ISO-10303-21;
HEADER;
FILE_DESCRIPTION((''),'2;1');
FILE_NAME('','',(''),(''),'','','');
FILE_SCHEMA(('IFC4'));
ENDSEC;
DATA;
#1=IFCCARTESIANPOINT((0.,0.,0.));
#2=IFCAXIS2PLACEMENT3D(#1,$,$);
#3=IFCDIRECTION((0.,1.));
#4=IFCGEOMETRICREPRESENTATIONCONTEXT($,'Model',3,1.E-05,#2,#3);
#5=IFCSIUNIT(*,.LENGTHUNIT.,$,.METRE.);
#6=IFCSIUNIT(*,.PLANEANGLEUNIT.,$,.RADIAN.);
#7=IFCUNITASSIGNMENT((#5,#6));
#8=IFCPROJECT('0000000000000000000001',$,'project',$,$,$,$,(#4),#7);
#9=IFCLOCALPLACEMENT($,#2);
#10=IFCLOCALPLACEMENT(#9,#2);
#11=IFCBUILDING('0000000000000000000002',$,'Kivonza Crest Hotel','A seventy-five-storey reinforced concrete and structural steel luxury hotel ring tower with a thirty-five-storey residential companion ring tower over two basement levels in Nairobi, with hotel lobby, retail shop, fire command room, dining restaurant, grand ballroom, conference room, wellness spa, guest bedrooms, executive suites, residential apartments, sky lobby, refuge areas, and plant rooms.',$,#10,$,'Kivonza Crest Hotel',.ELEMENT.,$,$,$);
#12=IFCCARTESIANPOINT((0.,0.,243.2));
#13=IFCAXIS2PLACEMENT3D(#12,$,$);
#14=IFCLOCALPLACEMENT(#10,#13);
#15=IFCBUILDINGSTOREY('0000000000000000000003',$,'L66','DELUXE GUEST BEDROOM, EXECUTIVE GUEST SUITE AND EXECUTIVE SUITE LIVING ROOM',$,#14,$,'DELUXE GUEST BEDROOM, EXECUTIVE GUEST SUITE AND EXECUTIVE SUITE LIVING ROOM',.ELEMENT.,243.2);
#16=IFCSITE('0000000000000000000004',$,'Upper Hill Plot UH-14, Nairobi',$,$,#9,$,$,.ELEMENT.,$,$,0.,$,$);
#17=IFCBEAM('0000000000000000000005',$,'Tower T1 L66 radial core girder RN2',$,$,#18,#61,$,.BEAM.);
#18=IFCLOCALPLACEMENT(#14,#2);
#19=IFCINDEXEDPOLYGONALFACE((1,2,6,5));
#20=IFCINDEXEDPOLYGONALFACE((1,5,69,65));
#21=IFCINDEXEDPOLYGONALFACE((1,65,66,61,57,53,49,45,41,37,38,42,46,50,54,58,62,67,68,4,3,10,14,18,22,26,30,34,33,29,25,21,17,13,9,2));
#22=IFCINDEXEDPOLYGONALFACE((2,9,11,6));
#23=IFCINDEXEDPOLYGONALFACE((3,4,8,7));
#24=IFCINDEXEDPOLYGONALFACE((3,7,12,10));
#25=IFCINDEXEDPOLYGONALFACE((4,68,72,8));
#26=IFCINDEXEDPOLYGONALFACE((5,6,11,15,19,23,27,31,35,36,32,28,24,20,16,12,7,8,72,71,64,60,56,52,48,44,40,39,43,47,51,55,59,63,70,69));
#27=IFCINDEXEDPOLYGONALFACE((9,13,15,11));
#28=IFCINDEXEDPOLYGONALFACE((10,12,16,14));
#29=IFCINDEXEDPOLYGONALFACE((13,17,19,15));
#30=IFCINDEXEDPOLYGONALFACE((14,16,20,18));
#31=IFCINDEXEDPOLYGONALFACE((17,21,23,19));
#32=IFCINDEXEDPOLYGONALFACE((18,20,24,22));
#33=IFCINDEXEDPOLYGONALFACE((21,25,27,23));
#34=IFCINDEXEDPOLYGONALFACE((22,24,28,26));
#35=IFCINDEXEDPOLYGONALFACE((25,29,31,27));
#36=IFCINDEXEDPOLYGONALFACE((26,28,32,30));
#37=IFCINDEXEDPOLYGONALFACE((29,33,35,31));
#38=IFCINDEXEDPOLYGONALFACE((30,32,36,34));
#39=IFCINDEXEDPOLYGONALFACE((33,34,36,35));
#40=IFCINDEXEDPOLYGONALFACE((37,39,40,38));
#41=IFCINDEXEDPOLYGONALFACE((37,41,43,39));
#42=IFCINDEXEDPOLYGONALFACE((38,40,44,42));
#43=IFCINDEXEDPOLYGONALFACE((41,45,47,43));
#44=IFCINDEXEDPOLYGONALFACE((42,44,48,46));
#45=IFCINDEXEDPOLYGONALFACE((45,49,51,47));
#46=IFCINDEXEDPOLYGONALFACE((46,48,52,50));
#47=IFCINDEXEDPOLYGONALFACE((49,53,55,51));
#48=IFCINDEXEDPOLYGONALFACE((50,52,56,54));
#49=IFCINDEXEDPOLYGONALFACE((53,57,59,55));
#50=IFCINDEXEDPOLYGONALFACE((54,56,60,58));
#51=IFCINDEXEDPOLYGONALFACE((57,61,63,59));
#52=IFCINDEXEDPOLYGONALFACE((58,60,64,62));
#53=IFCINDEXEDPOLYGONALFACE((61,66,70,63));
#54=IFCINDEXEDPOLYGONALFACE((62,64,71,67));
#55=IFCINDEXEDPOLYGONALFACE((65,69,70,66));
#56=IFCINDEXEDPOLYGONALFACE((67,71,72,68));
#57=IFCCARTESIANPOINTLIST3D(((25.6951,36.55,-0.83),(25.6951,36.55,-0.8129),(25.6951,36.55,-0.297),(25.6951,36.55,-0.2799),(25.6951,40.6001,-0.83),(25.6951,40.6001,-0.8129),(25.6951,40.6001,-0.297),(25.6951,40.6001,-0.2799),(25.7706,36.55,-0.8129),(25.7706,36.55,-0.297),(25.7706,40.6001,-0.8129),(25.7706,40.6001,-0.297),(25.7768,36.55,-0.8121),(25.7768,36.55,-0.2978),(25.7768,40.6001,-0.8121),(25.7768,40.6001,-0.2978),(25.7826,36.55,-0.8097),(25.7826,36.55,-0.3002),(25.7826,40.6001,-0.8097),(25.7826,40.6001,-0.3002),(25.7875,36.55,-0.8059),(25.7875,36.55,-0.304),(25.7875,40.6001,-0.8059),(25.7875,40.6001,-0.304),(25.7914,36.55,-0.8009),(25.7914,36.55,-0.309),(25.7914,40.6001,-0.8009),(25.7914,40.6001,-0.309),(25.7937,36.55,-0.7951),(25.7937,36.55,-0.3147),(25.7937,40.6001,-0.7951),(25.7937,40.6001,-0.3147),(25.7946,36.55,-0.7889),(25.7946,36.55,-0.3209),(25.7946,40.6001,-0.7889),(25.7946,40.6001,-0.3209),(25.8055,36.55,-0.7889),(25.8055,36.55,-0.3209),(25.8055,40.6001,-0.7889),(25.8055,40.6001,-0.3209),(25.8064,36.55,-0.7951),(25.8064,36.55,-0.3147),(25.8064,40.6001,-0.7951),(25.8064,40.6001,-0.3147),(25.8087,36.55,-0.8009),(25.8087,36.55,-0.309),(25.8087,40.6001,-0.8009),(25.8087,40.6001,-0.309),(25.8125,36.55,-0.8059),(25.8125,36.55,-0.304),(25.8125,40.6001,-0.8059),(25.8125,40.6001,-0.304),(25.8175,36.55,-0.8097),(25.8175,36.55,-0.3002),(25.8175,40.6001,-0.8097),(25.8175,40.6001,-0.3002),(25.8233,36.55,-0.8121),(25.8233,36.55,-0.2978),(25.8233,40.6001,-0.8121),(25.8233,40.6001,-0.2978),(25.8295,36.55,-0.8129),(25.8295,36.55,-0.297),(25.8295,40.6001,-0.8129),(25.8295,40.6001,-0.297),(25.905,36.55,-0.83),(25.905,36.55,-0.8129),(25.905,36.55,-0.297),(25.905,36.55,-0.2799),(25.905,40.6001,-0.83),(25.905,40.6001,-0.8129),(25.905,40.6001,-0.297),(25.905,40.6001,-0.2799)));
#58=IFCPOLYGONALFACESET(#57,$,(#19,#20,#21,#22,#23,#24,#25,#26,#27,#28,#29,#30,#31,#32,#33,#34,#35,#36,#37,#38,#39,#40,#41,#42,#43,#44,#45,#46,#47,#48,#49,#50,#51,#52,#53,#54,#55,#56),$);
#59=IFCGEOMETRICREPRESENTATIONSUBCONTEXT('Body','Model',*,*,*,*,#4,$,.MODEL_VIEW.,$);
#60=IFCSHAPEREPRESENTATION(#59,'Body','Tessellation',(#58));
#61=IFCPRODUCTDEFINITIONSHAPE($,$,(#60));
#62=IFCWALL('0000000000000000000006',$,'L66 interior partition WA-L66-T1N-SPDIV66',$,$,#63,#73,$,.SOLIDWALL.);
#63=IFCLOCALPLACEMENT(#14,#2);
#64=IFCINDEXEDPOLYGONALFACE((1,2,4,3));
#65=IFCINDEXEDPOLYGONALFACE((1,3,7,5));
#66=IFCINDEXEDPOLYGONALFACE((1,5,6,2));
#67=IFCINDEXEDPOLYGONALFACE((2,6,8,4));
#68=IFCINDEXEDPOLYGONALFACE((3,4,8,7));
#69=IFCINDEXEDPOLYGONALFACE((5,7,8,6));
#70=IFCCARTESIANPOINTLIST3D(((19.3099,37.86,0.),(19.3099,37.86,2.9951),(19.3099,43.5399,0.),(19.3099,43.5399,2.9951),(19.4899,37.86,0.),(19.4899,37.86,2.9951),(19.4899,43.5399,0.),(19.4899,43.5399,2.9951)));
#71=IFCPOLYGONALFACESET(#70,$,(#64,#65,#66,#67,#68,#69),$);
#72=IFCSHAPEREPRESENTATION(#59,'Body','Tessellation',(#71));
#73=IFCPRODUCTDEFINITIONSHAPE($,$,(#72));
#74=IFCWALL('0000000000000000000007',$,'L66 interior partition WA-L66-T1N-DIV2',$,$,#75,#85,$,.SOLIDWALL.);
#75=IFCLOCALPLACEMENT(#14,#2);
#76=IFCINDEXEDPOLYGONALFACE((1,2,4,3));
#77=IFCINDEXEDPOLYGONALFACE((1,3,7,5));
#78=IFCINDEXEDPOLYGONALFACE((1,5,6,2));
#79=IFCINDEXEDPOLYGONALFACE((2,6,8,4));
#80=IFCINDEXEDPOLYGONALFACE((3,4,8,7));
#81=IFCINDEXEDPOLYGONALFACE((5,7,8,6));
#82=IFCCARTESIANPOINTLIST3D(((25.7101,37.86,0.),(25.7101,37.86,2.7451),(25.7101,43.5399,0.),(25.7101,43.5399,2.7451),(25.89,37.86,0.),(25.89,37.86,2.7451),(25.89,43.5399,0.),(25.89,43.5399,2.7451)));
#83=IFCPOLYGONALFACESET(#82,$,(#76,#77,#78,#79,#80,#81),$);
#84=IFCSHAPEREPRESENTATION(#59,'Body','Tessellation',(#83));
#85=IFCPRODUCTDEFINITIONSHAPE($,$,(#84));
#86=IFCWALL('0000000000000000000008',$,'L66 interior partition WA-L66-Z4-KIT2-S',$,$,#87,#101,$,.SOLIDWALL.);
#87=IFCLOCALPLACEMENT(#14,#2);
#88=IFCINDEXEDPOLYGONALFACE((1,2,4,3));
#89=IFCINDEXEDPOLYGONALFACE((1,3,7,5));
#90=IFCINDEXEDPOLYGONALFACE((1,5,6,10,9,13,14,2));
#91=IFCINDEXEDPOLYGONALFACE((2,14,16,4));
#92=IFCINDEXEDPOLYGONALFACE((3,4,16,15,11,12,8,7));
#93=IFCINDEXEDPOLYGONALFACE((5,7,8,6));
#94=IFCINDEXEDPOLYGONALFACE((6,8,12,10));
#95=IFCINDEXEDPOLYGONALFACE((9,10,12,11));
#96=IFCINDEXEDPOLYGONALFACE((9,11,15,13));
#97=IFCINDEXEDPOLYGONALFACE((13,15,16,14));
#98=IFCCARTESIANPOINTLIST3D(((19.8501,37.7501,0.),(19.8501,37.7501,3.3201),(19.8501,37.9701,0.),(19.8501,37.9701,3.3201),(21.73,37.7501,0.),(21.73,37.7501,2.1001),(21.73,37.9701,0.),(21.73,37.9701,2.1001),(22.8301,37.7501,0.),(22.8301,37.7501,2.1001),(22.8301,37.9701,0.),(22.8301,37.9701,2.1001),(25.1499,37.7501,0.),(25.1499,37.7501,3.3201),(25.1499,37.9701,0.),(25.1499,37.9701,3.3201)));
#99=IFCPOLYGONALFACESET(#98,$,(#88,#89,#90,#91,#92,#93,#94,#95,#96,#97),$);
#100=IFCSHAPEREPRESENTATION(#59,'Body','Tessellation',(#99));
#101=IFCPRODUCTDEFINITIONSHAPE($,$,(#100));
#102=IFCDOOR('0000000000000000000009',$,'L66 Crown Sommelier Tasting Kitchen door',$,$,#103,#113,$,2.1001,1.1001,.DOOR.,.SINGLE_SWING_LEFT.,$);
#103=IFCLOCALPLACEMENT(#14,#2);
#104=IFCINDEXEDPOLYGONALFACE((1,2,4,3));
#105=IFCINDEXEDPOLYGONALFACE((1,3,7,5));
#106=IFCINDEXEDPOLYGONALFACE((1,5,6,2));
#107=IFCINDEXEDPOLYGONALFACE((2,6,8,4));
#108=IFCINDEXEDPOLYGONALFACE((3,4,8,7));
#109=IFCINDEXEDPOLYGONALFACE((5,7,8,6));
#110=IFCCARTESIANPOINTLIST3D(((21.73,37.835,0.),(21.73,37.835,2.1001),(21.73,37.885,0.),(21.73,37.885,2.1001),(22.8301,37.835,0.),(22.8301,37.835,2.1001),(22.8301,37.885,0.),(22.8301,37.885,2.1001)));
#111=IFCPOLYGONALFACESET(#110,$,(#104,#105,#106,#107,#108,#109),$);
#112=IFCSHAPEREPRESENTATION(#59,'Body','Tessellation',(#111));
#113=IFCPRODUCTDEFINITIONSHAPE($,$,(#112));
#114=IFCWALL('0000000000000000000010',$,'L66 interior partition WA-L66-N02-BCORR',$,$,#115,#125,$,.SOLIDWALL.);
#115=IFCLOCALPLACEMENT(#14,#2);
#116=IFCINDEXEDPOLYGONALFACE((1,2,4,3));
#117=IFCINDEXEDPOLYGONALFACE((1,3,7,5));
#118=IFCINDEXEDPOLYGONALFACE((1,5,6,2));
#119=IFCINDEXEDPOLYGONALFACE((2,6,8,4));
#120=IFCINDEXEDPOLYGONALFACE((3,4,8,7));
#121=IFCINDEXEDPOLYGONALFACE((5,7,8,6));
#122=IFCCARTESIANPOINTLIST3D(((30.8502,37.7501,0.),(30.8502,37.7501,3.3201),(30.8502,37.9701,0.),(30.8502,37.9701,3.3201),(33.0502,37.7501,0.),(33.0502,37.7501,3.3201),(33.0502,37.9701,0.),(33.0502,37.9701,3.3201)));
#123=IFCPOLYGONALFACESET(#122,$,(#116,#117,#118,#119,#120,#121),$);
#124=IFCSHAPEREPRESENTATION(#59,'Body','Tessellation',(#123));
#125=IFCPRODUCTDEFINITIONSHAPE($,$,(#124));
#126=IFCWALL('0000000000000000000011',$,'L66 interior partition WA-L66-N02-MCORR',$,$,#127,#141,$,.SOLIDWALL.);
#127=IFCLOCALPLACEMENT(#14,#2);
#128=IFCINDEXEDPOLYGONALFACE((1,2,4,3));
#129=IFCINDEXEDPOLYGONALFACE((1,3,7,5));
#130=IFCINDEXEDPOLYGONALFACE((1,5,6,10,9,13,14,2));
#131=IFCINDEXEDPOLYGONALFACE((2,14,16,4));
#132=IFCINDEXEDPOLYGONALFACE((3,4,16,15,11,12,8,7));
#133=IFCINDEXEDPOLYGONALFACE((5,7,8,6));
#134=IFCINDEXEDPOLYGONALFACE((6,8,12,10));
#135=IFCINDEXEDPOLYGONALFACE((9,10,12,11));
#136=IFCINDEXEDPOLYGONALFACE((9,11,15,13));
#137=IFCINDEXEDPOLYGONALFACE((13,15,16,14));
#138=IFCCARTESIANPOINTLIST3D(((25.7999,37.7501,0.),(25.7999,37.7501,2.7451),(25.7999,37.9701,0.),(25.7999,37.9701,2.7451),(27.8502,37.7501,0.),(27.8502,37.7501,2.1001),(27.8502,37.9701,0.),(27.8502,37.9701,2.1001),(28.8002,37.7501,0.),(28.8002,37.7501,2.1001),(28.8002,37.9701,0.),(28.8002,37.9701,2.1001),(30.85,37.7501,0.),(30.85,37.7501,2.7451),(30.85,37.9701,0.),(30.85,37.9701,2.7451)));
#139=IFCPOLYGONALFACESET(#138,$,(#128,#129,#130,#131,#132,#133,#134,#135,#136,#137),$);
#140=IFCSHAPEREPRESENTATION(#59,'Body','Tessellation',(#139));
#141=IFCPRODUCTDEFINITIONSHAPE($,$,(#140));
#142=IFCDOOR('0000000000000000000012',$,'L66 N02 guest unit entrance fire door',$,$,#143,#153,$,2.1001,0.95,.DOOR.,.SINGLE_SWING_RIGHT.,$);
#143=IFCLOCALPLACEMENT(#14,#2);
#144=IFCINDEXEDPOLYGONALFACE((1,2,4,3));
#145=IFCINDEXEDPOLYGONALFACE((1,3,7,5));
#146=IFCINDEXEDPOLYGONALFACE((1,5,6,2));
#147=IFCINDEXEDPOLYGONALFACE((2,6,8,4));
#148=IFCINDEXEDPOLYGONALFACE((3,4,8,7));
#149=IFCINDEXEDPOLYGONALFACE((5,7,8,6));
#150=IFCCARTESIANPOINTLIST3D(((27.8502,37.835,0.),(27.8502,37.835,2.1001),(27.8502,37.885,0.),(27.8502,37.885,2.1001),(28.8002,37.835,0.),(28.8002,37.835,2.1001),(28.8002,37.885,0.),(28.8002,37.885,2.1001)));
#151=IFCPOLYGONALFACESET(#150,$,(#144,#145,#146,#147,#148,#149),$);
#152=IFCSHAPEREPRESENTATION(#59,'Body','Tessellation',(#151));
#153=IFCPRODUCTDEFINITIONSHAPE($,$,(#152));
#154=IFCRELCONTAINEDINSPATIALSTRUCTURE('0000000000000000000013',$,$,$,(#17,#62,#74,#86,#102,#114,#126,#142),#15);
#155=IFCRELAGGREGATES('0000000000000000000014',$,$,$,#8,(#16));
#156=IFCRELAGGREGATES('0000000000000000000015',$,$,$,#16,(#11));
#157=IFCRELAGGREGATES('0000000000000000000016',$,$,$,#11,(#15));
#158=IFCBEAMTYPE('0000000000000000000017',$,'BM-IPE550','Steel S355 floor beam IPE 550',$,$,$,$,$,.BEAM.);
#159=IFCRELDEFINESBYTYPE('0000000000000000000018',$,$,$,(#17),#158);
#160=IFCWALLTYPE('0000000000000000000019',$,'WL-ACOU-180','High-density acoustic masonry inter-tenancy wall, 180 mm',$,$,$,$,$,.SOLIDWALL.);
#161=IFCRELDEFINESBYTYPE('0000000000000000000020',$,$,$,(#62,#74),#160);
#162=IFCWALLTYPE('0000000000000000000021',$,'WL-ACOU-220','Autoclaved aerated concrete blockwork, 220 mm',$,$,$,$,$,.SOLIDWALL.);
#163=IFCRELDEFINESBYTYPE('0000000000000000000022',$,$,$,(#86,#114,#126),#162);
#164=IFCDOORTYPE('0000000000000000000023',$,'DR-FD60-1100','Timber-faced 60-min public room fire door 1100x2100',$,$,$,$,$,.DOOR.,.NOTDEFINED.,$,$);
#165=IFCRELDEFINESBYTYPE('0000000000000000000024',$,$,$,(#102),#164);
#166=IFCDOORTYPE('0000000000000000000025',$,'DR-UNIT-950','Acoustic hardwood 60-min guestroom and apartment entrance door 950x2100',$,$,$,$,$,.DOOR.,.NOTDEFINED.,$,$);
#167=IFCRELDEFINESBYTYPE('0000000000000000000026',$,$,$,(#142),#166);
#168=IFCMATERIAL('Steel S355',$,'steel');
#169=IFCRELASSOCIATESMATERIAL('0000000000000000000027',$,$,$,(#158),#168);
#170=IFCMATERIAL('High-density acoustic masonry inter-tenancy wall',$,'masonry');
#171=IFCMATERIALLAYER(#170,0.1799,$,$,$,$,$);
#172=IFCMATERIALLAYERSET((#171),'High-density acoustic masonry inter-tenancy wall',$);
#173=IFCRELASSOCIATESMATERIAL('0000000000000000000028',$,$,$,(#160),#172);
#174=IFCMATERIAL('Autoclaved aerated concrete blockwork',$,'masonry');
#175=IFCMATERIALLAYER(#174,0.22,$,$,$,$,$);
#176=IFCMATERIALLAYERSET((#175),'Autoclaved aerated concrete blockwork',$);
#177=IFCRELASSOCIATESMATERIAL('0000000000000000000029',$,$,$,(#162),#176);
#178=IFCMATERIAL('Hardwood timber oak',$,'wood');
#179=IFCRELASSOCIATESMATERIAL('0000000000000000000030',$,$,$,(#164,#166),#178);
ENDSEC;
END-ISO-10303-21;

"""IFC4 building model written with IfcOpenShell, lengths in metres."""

from ifc_helpers import new_model, si_unit, direction, frame, frame_2d, origin, origin_2d, place, context, subcontext, project, spatial, rectangle, i_section, extrude, material, layer, layer_set, material_profile, profile_set, type_object, element, fill, save


model = new_model("IFC4")

# Units and contexts
model_context = context("Model", 3, precision=1e-05, world=origin(), true_north=direction((0.0, 1.0)))
body_context = subcontext(model_context, "Body", "Model", "MODEL_VIEW")
ifc_project = project(units=[si_unit("LENGTHUNIT", "METRE"), si_unit("PLANEANGLEUNIT", "RADIAN")], contexts=[model_context])

# Site, building, storey
site_placement = place(None, origin())
site = spatial("IfcSite", under=ifc_project, at=site_placement, Name="Upper Hill Plot UH-14, Nairobi", CompositionType="ELEMENT", RefElevation=0.0)
building_placement = place(site_placement, origin())
building = spatial("IfcBuilding", under=site, at=building_placement, Name="Kivonza Crest Hotel", Description="A seventy-five-storey reinforced concrete and structural steel luxury hotel ring tower with a thirty-five-storey residential companion ring tower over two basement levels in Nairobi, with hotel lobby, retail shop, fire command room, dining restaurant, grand ballroom, conference room, wellness spa, guest bedrooms, executive suites, residential apartments, sky lobby, refuge areas, and plant rooms.", LongName="Kivonza Crest Hotel", CompositionType="ELEMENT")
storey_placement = place(building_placement, frame((0.0, 0.0, 243.2)))
storey = spatial("IfcBuildingStorey", under=building, at=storey_placement, Name="L66", Description="DELUXE GUEST BEDROOM, EXECUTIVE GUEST SUITE AND EXECUTIVE SUITE LIVING ROOM", LongName="DELUXE GUEST BEDROOM, EXECUTIVE GUEST SUITE AND EXECUTIVE SUITE LIVING ROOM", CompositionType="ELEMENT", Elevation=243.2)

# Beam
ifc_material_1 = material(Name="Steel S355", Category="steel")
ifc_material_profile_1 = material_profile(ifc_material_1, i_section(OverallWidth=0.21, OverallDepth=0.55, WebThickness=0.011, FlangeThickness=0.0171, FilletRadius=0.0239, at=origin_2d()), Name="IPE 550")
ifc_profile_set_1 = profile_set([ifc_material_profile_1], Name="Steel S355")
beam_type_1 = type_object("IfcBeamType", Name="BM-IPE550", Description="Steel S355 floor beam IPE 550", PredefinedType="BEAM", material=ifc_profile_set_1)
beam_1_placement = place(storey_placement, frame((25.8, 40.6001, -0.5549), z_axis=(0.0, -1.0, 0.0), x_axis=(1.0, 0.0, 0.0)))
element("IfcBeam", 1, at=beam_1_placement, inside=storey, type_object=beam_type_1, Name="Tower T1 L66 radial core girder RN2", PredefinedType="BEAM", context=body_context, shape_type="SweptSolid", body=[
    extrude(i_section(OverallWidth=0.21, OverallDepth=0.55, WebThickness=0.011, FlangeThickness=0.0171, FilletRadius=0.0239, at=origin_2d()), origin(), (0.0, 0.0, 1.0), 4.05),
])

# Walls
ifc_material_2 = material(Name="High-density acoustic masonry inter-tenancy wall", Category="masonry")
ifc_layer_1 = layer(ifc_material_2, 0.1799)
ifc_layer_set_1 = layer_set([ifc_layer_1], Name="High-density acoustic masonry inter-tenancy wall")
wall_type_1 = type_object("IfcWallType", Name="WL-ACOU-180", Description="High-density acoustic masonry inter-tenancy wall, 180 mm", PredefinedType="SOLIDWALL", material=ifc_layer_set_1)
wall_1_placement = place(storey_placement, frame((19.3999, 37.8601, 0.0), z_axis=(0.0, 0.0, 1.0), x_axis=(0.0, 1.0, 0.0)))
element("IfcWall", 2, at=wall_1_placement, inside=storey, type_object=wall_type_1, Name="L66 interior partition WA-L66-T1N-SPDIV66", PredefinedType="SOLIDWALL", context=body_context, shape_type="SweptSolid", body=[
    extrude(rectangle(XDim=5.6799, YDim=0.1799, at=frame_2d((2.8398, 0.0))), origin(), (0.0, 0.0, 1.0), 2.9951),
])
wall_2_placement = place(storey_placement, frame((25.8, 37.8601, 0.0), z_axis=(0.0, 0.0, 1.0), x_axis=(0.0, 1.0, 0.0)))
element("IfcWall", 3, at=wall_2_placement, inside=storey, type_object=wall_type_1, Name="L66 interior partition WA-L66-T1N-DIV2", PredefinedType="SOLIDWALL", context=body_context, shape_type="SweptSolid", body=[
    extrude(rectangle(XDim=5.6799, YDim=0.1799, at=frame_2d((2.8398, 0.0))), origin(), (0.0, 0.0, 1.0), 2.7451),
])

# Wall, opening, door
ifc_material_3 = material(Name="Autoclaved aerated concrete blockwork", Category="masonry")
ifc_layer_2 = layer(ifc_material_3, 0.22)
ifc_layer_set_2 = layer_set([ifc_layer_2], Name="Autoclaved aerated concrete blockwork")
wall_type_2 = type_object("IfcWallType", Name="WL-ACOU-220", Description="Autoclaved aerated concrete blockwork, 220 mm", PredefinedType="SOLIDWALL", material=ifc_layer_set_2)
wall_3_placement = place(storey_placement, frame((19.8501, 37.8601, 0.0), z_axis=(0.0, 0.0, 1.0), x_axis=(1.0, 0.0, 0.0)))
wall_3 = element("IfcWall", 4, at=wall_3_placement, inside=storey, type_object=wall_type_2, Name="L66 interior partition WA-L66-Z4-KIT2-S", PredefinedType="SOLIDWALL", context=body_context, shape_type="SweptSolid", body=[
    extrude(rectangle(XDim=5.2998, YDim=0.22, at=frame_2d((2.6499, 0.0))), origin(), (0.0, 0.0, 1.0), 3.3201),
])
opening_1_placement = place(wall_3_placement, frame((1.8799, 0.0, 0.0)))
opening_1 = element("IfcOpeningElement", 5, at=opening_1_placement, cuts=wall_3, PredefinedType="OPENING", context=body_context, shape_type="SweptSolid", body=[
    extrude(rectangle(XDim=1.1001, YDim=2.1001, at=frame_2d((0.55, 1.05))), frame((0.0, 0.1201, 0.0), z_axis=(0.0, -1.0, 0.0), x_axis=(1.0, 0.0, 0.0)), (0.0, 0.0, 1.0), 0.24),
])
ifc_material_4 = material(Name="Hardwood timber oak", Category="wood")
door_type_1 = type_object("IfcDoorType", Name="DR-FD60-1100", Description="Timber-faced 60-min public room fire door 1100x2100", OperationType="NOTDEFINED", PredefinedType="DOOR", material=ifc_material_4)
door_1_placement = place(opening_1_placement, origin())
door_1 = element("IfcDoor", 6, at=door_1_placement, inside=storey, type_object=door_type_1, Name="L66 Crown Sommelier Tasting Kitchen door", OperationType="SINGLE_SWING_LEFT", OverallHeight=2.1001, OverallWidth=1.1001, PredefinedType="DOOR", context=body_context, shape_type="SweptSolid", body=[
    extrude(rectangle(XDim=1.1001, YDim=2.1001, at=frame_2d((0.55, 1.05))), frame((0.0, 0.0249, 0.0), z_axis=(0.0, -1.0, 0.0), x_axis=(1.0, 0.0, 0.0)), (0.0, 0.0, 1.0), 0.05),
])
fill(opening_1, door_1)

# Wall
wall_4_placement = place(storey_placement, frame((30.8501, 37.8601, 0.0), z_axis=(0.0, 0.0, 1.0), x_axis=(1.0, 0.0, 0.0)))
element("IfcWall", 7, at=wall_4_placement, inside=storey, type_object=wall_type_2, Name="L66 interior partition WA-L66-N02-BCORR", PredefinedType="SOLIDWALL", context=body_context, shape_type="SweptSolid", body=[
    extrude(rectangle(XDim=2.2, YDim=0.22, at=frame_2d((1.1001, 0.0))), origin(), (0.0, 0.0, 1.0), 3.3201),
])

# Wall, opening, door
wall_5_placement = place(storey_placement, frame((25.8, 37.8601, 0.0), z_axis=(0.0, 0.0, 1.0), x_axis=(1.0, 0.0, 0.0)))
wall_5 = element("IfcWall", 8, at=wall_5_placement, inside=storey, type_object=wall_type_2, Name="L66 interior partition WA-L66-N02-MCORR", PredefinedType="SOLIDWALL", context=body_context, shape_type="SweptSolid", body=[
    extrude(rectangle(XDim=5.05, YDim=0.22, at=frame_2d((2.5249, 0.0))), origin(), (0.0, 0.0, 1.0), 2.7451),
])
opening_2_placement = place(wall_5_placement, frame((2.05, 0.0, 0.0)))
opening_2 = element("IfcOpeningElement", 9, at=opening_2_placement, cuts=wall_5, PredefinedType="OPENING", context=body_context, shape_type="SweptSolid", body=[
    extrude(rectangle(XDim=0.95, YDim=2.1001, at=frame_2d((0.4751, 1.05))), frame((0.0, 0.1201, 0.0), z_axis=(0.0, -1.0, 0.0), x_axis=(1.0, 0.0, 0.0)), (0.0, 0.0, 1.0), 0.24),
])
door_type_2 = type_object("IfcDoorType", Name="DR-UNIT-950", Description="Acoustic hardwood 60-min guestroom and apartment entrance door 950x2100", OperationType="NOTDEFINED", PredefinedType="DOOR", material=ifc_material_4)
door_2_placement = place(opening_2_placement, origin())
door_2 = element("IfcDoor", 10, at=door_2_placement, inside=storey, type_object=door_type_2, Name="L66 N02 guest unit entrance fire door", OperationType="SINGLE_SWING_RIGHT", OverallHeight=2.1001, OverallWidth=0.95, PredefinedType="DOOR", context=body_context, shape_type="SweptSolid", body=[
    extrude(rectangle(XDim=0.95, YDim=2.1001, at=frame_2d((0.4751, 1.05))), frame((0.0, 0.0249, 0.0), z_axis=(0.0, -1.0, 0.0), x_axis=(1.0, 0.0, 0.0)), (0.0, 0.0, 1.0), 0.05),
])
fill(opening_2, door_2)

save(model, "model.ifc")
